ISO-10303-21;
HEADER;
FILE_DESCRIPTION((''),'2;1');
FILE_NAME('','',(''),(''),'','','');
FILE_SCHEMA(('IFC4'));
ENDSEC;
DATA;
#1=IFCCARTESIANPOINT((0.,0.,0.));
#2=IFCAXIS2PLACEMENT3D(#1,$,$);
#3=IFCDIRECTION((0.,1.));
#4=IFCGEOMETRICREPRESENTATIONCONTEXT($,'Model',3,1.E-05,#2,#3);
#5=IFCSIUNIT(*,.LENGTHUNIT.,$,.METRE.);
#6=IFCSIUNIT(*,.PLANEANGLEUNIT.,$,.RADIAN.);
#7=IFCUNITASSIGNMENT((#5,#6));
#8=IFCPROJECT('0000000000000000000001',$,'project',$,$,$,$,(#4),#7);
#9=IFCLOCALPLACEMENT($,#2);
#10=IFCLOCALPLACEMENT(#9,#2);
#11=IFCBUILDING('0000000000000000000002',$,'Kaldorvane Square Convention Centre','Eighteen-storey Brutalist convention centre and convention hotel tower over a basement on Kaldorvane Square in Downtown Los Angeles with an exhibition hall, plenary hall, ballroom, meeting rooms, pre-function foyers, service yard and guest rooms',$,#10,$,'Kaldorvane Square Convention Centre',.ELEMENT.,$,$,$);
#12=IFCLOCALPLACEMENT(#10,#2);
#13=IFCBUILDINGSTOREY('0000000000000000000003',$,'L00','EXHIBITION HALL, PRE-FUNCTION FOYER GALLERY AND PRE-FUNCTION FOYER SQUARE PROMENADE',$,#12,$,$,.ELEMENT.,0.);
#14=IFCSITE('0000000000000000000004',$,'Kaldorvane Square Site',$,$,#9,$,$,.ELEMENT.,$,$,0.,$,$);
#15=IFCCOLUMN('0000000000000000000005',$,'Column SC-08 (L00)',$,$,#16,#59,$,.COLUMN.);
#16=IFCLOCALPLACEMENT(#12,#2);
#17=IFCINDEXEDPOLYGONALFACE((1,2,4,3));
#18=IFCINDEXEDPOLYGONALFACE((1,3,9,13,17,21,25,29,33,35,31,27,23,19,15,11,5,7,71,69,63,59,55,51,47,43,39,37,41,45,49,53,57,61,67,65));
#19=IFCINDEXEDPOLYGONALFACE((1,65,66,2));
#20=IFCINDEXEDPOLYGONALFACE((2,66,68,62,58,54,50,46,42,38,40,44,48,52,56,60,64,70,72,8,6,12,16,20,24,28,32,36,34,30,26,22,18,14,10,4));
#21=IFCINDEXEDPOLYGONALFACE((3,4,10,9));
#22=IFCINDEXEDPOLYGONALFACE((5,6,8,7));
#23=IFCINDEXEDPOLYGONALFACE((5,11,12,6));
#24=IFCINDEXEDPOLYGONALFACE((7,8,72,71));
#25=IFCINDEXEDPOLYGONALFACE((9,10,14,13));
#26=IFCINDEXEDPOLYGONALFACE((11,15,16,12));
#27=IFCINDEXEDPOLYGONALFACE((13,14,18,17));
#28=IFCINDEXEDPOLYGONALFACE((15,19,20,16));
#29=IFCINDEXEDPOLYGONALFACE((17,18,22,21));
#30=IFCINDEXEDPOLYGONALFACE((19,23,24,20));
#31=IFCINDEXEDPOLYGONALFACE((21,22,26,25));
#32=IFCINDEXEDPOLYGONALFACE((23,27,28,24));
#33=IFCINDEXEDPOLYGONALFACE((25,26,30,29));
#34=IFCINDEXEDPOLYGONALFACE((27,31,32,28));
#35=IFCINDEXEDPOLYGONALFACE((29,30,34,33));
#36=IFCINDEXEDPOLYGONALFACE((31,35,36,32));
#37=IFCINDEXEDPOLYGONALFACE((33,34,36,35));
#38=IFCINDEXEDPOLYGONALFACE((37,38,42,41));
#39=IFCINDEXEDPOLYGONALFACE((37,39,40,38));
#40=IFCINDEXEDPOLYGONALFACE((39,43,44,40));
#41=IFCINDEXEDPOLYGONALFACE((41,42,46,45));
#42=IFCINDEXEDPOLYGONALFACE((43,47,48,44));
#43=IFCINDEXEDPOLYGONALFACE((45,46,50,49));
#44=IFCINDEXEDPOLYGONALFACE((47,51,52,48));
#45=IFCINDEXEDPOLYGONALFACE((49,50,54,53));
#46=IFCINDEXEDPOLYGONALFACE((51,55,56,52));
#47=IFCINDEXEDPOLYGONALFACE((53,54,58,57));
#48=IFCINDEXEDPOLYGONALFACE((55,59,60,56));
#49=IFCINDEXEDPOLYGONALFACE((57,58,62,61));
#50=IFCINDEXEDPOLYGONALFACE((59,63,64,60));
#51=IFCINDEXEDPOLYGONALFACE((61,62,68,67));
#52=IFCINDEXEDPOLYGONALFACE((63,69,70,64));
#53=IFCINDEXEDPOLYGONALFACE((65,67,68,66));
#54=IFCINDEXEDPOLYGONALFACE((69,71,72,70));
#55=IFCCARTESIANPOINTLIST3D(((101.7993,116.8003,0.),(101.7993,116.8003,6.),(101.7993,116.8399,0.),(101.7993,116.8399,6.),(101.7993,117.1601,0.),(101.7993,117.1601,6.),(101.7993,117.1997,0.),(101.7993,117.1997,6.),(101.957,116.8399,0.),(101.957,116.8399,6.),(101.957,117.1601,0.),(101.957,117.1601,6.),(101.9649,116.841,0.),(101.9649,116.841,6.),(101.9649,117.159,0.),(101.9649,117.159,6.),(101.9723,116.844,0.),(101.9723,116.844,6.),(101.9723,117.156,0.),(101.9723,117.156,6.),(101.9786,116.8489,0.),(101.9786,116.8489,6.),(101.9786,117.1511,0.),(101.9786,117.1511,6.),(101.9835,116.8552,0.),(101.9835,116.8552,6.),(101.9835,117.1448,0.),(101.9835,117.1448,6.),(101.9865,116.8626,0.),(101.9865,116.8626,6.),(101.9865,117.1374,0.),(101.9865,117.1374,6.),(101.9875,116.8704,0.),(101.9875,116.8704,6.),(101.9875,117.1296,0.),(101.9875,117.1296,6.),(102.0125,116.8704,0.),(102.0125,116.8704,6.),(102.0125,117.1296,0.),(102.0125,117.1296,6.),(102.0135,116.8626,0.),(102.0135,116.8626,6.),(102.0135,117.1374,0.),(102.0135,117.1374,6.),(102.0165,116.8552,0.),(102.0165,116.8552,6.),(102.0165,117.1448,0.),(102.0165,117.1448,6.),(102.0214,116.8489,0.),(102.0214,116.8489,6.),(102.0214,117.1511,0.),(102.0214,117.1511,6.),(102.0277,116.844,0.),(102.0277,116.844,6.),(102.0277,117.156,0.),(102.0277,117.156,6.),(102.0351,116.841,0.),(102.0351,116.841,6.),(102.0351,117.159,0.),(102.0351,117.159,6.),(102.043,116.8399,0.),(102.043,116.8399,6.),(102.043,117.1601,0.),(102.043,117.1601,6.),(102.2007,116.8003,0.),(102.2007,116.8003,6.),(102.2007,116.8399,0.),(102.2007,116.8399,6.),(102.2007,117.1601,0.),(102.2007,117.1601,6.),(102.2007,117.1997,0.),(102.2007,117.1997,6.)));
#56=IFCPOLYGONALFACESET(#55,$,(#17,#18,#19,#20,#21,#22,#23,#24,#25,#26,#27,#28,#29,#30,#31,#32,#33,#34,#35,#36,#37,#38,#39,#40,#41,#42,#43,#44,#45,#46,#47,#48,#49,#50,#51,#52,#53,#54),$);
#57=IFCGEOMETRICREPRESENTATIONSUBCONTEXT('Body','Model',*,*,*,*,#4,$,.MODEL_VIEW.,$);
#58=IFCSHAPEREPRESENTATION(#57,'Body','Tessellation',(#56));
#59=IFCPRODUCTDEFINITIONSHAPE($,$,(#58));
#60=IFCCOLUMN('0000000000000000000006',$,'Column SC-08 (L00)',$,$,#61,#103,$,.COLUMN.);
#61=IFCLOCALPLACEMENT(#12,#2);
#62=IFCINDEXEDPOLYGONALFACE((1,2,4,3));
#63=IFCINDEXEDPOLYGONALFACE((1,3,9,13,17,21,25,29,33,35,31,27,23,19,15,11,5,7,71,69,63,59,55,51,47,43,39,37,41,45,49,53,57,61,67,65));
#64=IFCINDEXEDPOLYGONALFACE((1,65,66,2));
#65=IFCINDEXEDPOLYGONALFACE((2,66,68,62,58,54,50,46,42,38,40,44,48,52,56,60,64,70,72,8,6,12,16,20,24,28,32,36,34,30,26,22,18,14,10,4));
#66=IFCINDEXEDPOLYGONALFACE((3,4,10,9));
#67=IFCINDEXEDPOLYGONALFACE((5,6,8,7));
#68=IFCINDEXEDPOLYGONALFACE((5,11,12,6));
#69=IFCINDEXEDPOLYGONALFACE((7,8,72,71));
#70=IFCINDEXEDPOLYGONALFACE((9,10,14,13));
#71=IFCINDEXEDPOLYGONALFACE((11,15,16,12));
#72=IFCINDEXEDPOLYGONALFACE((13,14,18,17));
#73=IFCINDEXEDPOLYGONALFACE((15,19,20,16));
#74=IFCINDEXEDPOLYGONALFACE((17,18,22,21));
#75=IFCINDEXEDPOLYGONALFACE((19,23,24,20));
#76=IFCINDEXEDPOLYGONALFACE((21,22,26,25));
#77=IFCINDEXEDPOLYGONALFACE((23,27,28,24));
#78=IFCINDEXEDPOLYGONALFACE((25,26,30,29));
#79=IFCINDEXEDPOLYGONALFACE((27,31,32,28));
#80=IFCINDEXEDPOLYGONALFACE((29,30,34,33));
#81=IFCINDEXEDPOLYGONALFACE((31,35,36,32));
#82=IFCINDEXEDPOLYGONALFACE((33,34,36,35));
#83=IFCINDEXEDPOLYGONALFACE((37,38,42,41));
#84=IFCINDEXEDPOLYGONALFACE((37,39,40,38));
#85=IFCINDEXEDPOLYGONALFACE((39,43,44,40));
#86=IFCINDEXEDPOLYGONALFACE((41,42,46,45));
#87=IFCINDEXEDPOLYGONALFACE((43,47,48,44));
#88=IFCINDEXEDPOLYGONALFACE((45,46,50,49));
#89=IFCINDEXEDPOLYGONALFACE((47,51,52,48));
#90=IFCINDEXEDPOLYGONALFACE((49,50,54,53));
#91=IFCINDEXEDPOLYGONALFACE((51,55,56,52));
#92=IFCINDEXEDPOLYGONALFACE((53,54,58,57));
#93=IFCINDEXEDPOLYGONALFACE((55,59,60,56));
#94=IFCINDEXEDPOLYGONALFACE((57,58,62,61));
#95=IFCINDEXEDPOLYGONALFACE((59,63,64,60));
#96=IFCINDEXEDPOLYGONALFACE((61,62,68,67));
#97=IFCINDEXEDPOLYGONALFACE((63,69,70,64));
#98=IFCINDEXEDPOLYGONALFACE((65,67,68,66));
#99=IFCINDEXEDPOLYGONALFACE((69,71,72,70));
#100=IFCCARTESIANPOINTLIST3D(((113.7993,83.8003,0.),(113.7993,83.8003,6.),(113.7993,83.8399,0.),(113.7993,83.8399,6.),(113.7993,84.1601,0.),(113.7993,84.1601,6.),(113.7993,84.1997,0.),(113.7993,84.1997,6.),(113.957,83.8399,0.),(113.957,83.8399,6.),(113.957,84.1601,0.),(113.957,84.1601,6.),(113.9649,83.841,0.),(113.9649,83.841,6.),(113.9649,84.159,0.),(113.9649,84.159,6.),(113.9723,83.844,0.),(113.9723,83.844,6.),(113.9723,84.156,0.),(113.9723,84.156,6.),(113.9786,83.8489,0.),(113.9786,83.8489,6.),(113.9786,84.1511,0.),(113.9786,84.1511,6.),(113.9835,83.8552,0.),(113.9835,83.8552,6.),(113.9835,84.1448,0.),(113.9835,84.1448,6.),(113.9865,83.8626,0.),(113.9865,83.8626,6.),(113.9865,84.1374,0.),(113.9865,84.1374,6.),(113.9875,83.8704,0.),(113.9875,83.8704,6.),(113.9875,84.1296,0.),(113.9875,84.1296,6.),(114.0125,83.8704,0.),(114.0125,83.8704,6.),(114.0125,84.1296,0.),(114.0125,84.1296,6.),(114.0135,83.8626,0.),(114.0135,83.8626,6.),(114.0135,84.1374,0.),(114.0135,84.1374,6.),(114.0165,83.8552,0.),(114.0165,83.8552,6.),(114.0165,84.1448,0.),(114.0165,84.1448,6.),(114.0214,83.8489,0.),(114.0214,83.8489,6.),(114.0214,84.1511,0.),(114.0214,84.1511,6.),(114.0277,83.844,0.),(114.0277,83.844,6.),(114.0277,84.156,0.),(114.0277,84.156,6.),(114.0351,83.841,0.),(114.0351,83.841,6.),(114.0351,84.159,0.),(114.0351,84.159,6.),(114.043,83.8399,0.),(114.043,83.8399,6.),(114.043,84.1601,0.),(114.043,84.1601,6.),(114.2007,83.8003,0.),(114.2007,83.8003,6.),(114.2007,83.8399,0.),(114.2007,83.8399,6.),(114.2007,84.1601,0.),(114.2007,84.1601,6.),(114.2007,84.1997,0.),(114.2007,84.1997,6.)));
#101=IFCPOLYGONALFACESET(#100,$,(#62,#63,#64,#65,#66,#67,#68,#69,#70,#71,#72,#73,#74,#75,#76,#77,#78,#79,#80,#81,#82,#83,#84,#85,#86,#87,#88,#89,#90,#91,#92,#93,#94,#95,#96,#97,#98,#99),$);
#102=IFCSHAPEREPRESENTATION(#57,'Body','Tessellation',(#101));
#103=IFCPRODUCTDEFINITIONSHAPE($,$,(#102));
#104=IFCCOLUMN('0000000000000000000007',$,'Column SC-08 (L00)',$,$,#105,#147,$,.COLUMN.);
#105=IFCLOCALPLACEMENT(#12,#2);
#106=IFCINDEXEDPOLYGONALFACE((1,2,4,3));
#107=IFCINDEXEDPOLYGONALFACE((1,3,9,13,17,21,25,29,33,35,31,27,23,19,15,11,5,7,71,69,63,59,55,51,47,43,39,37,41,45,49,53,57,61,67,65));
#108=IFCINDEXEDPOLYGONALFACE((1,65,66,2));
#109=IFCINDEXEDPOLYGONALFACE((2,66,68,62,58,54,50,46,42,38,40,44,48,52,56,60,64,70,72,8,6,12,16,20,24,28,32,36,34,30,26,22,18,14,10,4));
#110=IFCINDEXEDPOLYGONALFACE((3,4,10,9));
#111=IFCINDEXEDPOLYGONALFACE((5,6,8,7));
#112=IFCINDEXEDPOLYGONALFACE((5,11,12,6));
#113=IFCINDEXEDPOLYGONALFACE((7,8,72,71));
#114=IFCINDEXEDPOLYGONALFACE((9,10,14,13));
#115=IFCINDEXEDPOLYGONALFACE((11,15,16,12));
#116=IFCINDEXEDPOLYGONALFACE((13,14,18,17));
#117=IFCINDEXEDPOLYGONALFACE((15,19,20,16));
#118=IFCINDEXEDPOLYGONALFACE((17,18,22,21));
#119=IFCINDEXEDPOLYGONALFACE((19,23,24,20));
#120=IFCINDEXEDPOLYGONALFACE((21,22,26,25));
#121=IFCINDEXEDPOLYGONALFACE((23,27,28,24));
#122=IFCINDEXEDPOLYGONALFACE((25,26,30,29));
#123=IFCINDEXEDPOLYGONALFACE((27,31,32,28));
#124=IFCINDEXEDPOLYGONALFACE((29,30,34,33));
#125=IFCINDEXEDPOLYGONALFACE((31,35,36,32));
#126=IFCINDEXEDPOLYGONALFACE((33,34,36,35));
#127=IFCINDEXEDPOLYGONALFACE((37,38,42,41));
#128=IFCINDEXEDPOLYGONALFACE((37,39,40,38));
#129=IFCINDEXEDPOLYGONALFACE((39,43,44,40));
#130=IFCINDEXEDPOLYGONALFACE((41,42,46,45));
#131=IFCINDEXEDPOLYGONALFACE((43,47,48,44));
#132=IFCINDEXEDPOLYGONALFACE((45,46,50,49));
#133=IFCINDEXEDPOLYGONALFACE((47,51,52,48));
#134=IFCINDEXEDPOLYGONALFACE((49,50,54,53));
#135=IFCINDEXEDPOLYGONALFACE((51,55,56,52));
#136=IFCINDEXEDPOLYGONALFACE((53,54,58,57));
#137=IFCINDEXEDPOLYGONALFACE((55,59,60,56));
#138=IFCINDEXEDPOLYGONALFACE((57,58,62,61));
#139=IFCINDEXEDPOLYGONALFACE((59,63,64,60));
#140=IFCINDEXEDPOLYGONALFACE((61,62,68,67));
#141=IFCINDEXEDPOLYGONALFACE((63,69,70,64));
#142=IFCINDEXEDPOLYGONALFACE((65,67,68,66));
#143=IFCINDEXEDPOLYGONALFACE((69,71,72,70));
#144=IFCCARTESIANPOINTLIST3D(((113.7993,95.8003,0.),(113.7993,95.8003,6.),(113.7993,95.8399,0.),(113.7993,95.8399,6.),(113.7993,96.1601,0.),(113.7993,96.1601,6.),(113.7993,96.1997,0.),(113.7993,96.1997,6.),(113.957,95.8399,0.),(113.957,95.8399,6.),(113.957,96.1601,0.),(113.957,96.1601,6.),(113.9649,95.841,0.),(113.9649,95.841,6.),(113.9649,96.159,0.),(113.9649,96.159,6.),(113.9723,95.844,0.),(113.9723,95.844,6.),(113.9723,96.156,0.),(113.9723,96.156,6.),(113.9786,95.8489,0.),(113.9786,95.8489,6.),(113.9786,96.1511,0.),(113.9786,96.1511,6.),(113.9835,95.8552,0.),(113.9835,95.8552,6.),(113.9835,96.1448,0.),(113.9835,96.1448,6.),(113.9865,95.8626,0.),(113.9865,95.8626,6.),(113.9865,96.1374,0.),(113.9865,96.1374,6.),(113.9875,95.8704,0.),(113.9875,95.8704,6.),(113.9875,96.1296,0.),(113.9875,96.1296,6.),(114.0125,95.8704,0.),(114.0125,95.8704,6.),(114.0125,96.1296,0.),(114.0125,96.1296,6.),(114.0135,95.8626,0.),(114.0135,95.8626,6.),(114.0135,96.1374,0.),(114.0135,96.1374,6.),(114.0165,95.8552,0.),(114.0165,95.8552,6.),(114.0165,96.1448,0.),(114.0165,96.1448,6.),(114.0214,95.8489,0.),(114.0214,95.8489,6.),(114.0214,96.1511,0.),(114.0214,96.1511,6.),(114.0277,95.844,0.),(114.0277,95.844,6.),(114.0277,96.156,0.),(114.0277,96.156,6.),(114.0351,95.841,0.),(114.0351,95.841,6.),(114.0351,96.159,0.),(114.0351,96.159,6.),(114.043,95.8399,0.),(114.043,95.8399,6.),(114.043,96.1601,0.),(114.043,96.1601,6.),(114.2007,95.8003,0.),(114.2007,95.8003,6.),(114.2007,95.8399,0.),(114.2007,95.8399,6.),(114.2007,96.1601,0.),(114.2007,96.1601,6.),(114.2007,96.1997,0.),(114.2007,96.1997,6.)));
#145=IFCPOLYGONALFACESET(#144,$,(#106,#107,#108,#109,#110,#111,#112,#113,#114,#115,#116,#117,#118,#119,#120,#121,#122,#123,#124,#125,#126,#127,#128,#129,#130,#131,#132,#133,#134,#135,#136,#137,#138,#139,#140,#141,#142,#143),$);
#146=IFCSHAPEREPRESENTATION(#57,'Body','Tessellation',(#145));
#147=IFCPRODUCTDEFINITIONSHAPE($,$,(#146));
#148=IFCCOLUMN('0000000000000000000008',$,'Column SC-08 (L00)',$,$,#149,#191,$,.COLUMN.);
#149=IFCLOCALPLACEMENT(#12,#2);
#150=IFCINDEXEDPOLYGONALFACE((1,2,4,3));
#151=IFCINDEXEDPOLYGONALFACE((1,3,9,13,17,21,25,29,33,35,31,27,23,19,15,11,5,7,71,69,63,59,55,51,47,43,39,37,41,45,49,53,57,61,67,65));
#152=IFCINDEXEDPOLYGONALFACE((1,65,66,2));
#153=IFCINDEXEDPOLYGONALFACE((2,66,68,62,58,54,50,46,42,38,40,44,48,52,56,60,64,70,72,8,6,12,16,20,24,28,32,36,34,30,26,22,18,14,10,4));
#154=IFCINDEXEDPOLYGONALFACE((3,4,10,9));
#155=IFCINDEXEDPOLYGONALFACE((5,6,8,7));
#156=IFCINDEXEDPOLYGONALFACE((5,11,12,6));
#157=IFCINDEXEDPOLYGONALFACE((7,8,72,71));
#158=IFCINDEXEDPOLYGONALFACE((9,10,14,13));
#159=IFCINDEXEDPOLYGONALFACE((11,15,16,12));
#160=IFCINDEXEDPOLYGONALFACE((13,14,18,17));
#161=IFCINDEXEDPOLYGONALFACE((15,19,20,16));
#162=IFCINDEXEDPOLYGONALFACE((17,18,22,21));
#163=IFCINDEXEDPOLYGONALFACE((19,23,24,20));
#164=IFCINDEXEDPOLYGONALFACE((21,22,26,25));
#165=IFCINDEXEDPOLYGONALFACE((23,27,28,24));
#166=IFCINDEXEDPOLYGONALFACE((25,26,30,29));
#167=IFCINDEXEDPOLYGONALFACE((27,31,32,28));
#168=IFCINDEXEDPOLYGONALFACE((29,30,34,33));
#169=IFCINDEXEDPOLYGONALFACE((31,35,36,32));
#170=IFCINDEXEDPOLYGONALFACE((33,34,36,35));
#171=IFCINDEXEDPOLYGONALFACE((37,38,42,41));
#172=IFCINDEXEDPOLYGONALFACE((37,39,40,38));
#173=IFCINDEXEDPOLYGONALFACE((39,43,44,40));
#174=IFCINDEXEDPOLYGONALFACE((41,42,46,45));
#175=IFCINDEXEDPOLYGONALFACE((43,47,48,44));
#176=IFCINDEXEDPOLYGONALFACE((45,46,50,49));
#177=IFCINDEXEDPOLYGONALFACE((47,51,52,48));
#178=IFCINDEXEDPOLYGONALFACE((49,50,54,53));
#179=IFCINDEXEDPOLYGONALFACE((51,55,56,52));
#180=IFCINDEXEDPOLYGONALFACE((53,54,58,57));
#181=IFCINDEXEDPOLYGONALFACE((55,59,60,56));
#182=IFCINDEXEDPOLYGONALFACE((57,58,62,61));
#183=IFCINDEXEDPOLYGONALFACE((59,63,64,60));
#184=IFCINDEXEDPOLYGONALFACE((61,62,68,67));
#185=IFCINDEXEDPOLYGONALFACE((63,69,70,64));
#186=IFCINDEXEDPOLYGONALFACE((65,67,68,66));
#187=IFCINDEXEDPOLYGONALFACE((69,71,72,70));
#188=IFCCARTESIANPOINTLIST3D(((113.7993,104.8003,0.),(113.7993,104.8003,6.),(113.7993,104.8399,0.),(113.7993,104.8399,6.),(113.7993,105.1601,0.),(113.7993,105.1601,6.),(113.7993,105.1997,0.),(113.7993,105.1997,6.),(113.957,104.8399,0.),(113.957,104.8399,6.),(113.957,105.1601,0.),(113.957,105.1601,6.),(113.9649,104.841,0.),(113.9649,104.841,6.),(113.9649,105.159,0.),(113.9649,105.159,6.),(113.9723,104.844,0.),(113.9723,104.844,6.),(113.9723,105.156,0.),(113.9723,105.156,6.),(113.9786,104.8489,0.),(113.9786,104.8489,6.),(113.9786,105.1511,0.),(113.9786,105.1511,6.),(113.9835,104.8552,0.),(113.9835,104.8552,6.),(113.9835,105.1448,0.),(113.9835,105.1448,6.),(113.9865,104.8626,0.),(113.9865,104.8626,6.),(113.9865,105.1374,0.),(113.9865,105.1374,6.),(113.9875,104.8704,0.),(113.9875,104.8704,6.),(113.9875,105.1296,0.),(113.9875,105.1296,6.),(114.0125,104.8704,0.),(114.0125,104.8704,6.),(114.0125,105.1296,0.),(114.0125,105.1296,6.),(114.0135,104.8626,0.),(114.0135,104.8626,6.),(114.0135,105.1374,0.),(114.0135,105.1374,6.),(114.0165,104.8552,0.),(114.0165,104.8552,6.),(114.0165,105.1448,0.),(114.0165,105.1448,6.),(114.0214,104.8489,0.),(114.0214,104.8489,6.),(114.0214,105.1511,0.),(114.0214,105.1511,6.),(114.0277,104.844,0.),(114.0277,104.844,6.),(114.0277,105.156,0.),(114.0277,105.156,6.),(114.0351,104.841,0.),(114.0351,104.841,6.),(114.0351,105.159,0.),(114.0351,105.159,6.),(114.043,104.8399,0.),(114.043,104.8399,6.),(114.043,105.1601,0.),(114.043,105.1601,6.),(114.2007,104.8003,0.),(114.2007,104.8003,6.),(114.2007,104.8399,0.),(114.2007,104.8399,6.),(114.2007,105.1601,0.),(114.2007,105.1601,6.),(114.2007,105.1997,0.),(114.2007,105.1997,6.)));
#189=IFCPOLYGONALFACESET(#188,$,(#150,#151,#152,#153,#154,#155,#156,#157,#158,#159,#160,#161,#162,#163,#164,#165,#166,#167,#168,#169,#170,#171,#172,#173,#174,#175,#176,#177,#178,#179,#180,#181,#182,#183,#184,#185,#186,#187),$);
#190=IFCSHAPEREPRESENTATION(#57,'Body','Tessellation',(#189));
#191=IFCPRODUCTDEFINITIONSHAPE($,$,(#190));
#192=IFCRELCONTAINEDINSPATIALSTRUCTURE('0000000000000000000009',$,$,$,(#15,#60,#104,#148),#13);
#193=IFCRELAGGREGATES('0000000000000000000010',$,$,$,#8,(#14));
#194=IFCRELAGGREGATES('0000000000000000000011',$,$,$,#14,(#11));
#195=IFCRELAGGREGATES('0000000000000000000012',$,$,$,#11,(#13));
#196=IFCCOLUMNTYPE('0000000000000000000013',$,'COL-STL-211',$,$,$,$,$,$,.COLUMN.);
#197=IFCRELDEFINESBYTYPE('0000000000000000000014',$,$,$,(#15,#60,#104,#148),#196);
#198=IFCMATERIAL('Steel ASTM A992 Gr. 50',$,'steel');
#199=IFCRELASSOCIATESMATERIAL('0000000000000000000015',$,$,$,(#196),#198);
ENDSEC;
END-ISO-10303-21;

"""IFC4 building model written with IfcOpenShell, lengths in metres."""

from ifc_helpers import new_model, si_unit, direction, frame, origin, origin_2d, place, context, subcontext, project, spatial, i_section, extrude, material, material_profile, profile_set, type_object, element, save


model = new_model("IFC4")

# Units and contexts
model_context = context("Model", 3, precision=1e-05, world=origin(), true_north=direction((0.0, 1.0)))
body_context = subcontext(model_context, "Body", "Model", "MODEL_VIEW")
ifc_project = project(units=[si_unit("LENGTHUNIT", "METRE"), si_unit("PLANEANGLEUNIT", "RADIAN")], contexts=[model_context])

# Site, building, storey
site_placement = place(None, origin())
site = spatial("IfcSite", under=ifc_project, at=site_placement, Name="Kaldorvane Square Site", CompositionType="ELEMENT", RefElevation=0.0)
building_placement = place(site_placement, origin())
building = spatial("IfcBuilding", under=site, at=building_placement, Name="Kaldorvane Square Convention Centre", Description="Eighteen-storey Brutalist convention centre and convention hotel tower over a basement on Kaldorvane Square in Downtown Los Angeles with an exhibition hall, plenary hall, ballroom, meeting rooms, pre-function foyers, service yard and guest rooms", LongName="Kaldorvane Square Convention Centre", CompositionType="ELEMENT")
storey_placement = place(building_placement, origin())
storey = spatial("IfcBuildingStorey", under=building, at=storey_placement, Name="L00", Description="EXHIBITION HALL, PRE-FUNCTION FOYER GALLERY AND PRE-FUNCTION FOYER SQUARE PROMENADE", CompositionType="ELEMENT", Elevation=0.0)

# Columns
ifc_material_1 = material(Name="Steel ASTM A992 Gr. 50", Category="steel")
ifc_material_profile_1 = material_profile(ifc_material_1, i_section(OverallWidth=0.4013, OverallDepth=0.3993, WebThickness=0.0249, FlangeThickness=0.0396, FilletRadius=0.0305, at=origin_2d()), Name="W14X211")
ifc_profile_set_1 = profile_set([ifc_material_profile_1], Name="Steel ASTM A992 Gr. 50")
column_type_1 = type_object("IfcColumnType", Name="COL-STL-211", PredefinedType="COLUMN", material=ifc_profile_set_1)
for number, where, z_axis, x_axis, name in (
    (1, (102.0, 117.0, 0.0), (0.0, 0.0, 1.0), (1.0, 0.0, 0.0), "Column SC-08 (L00)"),
    (2, (114.0, 84.0, 0.0), (0.0, 0.0, 1.0), (1.0, 0.0, 0.0), "Column SC-08 (L00)"),
    (3, (114.0, 96.0, 0.0), (0.0, 0.0, 1.0), (1.0, 0.0, 0.0), "Column SC-08 (L00)"),
    (4, (114.0, 105.0, 0.0), (0.0, 0.0, 1.0), (1.0, 0.0, 0.0), "Column SC-08 (L00)"),
):
    element("IfcColumn", number, at=place(storey_placement, frame(where, z_axis=z_axis, x_axis=x_axis)), inside=storey, type_object=column_type_1, Name=name, PredefinedType="COLUMN", context=body_context, shape_type="SweptSolid", body=[
        extrude(i_section(OverallWidth=0.4013, OverallDepth=0.3993, WebThickness=0.0249, FlangeThickness=0.0396, FilletRadius=0.0305, at=origin_2d()), origin(), (0.0, 0.0, 1.0), 6.0),
    ])

save(model, "model.ifc")
